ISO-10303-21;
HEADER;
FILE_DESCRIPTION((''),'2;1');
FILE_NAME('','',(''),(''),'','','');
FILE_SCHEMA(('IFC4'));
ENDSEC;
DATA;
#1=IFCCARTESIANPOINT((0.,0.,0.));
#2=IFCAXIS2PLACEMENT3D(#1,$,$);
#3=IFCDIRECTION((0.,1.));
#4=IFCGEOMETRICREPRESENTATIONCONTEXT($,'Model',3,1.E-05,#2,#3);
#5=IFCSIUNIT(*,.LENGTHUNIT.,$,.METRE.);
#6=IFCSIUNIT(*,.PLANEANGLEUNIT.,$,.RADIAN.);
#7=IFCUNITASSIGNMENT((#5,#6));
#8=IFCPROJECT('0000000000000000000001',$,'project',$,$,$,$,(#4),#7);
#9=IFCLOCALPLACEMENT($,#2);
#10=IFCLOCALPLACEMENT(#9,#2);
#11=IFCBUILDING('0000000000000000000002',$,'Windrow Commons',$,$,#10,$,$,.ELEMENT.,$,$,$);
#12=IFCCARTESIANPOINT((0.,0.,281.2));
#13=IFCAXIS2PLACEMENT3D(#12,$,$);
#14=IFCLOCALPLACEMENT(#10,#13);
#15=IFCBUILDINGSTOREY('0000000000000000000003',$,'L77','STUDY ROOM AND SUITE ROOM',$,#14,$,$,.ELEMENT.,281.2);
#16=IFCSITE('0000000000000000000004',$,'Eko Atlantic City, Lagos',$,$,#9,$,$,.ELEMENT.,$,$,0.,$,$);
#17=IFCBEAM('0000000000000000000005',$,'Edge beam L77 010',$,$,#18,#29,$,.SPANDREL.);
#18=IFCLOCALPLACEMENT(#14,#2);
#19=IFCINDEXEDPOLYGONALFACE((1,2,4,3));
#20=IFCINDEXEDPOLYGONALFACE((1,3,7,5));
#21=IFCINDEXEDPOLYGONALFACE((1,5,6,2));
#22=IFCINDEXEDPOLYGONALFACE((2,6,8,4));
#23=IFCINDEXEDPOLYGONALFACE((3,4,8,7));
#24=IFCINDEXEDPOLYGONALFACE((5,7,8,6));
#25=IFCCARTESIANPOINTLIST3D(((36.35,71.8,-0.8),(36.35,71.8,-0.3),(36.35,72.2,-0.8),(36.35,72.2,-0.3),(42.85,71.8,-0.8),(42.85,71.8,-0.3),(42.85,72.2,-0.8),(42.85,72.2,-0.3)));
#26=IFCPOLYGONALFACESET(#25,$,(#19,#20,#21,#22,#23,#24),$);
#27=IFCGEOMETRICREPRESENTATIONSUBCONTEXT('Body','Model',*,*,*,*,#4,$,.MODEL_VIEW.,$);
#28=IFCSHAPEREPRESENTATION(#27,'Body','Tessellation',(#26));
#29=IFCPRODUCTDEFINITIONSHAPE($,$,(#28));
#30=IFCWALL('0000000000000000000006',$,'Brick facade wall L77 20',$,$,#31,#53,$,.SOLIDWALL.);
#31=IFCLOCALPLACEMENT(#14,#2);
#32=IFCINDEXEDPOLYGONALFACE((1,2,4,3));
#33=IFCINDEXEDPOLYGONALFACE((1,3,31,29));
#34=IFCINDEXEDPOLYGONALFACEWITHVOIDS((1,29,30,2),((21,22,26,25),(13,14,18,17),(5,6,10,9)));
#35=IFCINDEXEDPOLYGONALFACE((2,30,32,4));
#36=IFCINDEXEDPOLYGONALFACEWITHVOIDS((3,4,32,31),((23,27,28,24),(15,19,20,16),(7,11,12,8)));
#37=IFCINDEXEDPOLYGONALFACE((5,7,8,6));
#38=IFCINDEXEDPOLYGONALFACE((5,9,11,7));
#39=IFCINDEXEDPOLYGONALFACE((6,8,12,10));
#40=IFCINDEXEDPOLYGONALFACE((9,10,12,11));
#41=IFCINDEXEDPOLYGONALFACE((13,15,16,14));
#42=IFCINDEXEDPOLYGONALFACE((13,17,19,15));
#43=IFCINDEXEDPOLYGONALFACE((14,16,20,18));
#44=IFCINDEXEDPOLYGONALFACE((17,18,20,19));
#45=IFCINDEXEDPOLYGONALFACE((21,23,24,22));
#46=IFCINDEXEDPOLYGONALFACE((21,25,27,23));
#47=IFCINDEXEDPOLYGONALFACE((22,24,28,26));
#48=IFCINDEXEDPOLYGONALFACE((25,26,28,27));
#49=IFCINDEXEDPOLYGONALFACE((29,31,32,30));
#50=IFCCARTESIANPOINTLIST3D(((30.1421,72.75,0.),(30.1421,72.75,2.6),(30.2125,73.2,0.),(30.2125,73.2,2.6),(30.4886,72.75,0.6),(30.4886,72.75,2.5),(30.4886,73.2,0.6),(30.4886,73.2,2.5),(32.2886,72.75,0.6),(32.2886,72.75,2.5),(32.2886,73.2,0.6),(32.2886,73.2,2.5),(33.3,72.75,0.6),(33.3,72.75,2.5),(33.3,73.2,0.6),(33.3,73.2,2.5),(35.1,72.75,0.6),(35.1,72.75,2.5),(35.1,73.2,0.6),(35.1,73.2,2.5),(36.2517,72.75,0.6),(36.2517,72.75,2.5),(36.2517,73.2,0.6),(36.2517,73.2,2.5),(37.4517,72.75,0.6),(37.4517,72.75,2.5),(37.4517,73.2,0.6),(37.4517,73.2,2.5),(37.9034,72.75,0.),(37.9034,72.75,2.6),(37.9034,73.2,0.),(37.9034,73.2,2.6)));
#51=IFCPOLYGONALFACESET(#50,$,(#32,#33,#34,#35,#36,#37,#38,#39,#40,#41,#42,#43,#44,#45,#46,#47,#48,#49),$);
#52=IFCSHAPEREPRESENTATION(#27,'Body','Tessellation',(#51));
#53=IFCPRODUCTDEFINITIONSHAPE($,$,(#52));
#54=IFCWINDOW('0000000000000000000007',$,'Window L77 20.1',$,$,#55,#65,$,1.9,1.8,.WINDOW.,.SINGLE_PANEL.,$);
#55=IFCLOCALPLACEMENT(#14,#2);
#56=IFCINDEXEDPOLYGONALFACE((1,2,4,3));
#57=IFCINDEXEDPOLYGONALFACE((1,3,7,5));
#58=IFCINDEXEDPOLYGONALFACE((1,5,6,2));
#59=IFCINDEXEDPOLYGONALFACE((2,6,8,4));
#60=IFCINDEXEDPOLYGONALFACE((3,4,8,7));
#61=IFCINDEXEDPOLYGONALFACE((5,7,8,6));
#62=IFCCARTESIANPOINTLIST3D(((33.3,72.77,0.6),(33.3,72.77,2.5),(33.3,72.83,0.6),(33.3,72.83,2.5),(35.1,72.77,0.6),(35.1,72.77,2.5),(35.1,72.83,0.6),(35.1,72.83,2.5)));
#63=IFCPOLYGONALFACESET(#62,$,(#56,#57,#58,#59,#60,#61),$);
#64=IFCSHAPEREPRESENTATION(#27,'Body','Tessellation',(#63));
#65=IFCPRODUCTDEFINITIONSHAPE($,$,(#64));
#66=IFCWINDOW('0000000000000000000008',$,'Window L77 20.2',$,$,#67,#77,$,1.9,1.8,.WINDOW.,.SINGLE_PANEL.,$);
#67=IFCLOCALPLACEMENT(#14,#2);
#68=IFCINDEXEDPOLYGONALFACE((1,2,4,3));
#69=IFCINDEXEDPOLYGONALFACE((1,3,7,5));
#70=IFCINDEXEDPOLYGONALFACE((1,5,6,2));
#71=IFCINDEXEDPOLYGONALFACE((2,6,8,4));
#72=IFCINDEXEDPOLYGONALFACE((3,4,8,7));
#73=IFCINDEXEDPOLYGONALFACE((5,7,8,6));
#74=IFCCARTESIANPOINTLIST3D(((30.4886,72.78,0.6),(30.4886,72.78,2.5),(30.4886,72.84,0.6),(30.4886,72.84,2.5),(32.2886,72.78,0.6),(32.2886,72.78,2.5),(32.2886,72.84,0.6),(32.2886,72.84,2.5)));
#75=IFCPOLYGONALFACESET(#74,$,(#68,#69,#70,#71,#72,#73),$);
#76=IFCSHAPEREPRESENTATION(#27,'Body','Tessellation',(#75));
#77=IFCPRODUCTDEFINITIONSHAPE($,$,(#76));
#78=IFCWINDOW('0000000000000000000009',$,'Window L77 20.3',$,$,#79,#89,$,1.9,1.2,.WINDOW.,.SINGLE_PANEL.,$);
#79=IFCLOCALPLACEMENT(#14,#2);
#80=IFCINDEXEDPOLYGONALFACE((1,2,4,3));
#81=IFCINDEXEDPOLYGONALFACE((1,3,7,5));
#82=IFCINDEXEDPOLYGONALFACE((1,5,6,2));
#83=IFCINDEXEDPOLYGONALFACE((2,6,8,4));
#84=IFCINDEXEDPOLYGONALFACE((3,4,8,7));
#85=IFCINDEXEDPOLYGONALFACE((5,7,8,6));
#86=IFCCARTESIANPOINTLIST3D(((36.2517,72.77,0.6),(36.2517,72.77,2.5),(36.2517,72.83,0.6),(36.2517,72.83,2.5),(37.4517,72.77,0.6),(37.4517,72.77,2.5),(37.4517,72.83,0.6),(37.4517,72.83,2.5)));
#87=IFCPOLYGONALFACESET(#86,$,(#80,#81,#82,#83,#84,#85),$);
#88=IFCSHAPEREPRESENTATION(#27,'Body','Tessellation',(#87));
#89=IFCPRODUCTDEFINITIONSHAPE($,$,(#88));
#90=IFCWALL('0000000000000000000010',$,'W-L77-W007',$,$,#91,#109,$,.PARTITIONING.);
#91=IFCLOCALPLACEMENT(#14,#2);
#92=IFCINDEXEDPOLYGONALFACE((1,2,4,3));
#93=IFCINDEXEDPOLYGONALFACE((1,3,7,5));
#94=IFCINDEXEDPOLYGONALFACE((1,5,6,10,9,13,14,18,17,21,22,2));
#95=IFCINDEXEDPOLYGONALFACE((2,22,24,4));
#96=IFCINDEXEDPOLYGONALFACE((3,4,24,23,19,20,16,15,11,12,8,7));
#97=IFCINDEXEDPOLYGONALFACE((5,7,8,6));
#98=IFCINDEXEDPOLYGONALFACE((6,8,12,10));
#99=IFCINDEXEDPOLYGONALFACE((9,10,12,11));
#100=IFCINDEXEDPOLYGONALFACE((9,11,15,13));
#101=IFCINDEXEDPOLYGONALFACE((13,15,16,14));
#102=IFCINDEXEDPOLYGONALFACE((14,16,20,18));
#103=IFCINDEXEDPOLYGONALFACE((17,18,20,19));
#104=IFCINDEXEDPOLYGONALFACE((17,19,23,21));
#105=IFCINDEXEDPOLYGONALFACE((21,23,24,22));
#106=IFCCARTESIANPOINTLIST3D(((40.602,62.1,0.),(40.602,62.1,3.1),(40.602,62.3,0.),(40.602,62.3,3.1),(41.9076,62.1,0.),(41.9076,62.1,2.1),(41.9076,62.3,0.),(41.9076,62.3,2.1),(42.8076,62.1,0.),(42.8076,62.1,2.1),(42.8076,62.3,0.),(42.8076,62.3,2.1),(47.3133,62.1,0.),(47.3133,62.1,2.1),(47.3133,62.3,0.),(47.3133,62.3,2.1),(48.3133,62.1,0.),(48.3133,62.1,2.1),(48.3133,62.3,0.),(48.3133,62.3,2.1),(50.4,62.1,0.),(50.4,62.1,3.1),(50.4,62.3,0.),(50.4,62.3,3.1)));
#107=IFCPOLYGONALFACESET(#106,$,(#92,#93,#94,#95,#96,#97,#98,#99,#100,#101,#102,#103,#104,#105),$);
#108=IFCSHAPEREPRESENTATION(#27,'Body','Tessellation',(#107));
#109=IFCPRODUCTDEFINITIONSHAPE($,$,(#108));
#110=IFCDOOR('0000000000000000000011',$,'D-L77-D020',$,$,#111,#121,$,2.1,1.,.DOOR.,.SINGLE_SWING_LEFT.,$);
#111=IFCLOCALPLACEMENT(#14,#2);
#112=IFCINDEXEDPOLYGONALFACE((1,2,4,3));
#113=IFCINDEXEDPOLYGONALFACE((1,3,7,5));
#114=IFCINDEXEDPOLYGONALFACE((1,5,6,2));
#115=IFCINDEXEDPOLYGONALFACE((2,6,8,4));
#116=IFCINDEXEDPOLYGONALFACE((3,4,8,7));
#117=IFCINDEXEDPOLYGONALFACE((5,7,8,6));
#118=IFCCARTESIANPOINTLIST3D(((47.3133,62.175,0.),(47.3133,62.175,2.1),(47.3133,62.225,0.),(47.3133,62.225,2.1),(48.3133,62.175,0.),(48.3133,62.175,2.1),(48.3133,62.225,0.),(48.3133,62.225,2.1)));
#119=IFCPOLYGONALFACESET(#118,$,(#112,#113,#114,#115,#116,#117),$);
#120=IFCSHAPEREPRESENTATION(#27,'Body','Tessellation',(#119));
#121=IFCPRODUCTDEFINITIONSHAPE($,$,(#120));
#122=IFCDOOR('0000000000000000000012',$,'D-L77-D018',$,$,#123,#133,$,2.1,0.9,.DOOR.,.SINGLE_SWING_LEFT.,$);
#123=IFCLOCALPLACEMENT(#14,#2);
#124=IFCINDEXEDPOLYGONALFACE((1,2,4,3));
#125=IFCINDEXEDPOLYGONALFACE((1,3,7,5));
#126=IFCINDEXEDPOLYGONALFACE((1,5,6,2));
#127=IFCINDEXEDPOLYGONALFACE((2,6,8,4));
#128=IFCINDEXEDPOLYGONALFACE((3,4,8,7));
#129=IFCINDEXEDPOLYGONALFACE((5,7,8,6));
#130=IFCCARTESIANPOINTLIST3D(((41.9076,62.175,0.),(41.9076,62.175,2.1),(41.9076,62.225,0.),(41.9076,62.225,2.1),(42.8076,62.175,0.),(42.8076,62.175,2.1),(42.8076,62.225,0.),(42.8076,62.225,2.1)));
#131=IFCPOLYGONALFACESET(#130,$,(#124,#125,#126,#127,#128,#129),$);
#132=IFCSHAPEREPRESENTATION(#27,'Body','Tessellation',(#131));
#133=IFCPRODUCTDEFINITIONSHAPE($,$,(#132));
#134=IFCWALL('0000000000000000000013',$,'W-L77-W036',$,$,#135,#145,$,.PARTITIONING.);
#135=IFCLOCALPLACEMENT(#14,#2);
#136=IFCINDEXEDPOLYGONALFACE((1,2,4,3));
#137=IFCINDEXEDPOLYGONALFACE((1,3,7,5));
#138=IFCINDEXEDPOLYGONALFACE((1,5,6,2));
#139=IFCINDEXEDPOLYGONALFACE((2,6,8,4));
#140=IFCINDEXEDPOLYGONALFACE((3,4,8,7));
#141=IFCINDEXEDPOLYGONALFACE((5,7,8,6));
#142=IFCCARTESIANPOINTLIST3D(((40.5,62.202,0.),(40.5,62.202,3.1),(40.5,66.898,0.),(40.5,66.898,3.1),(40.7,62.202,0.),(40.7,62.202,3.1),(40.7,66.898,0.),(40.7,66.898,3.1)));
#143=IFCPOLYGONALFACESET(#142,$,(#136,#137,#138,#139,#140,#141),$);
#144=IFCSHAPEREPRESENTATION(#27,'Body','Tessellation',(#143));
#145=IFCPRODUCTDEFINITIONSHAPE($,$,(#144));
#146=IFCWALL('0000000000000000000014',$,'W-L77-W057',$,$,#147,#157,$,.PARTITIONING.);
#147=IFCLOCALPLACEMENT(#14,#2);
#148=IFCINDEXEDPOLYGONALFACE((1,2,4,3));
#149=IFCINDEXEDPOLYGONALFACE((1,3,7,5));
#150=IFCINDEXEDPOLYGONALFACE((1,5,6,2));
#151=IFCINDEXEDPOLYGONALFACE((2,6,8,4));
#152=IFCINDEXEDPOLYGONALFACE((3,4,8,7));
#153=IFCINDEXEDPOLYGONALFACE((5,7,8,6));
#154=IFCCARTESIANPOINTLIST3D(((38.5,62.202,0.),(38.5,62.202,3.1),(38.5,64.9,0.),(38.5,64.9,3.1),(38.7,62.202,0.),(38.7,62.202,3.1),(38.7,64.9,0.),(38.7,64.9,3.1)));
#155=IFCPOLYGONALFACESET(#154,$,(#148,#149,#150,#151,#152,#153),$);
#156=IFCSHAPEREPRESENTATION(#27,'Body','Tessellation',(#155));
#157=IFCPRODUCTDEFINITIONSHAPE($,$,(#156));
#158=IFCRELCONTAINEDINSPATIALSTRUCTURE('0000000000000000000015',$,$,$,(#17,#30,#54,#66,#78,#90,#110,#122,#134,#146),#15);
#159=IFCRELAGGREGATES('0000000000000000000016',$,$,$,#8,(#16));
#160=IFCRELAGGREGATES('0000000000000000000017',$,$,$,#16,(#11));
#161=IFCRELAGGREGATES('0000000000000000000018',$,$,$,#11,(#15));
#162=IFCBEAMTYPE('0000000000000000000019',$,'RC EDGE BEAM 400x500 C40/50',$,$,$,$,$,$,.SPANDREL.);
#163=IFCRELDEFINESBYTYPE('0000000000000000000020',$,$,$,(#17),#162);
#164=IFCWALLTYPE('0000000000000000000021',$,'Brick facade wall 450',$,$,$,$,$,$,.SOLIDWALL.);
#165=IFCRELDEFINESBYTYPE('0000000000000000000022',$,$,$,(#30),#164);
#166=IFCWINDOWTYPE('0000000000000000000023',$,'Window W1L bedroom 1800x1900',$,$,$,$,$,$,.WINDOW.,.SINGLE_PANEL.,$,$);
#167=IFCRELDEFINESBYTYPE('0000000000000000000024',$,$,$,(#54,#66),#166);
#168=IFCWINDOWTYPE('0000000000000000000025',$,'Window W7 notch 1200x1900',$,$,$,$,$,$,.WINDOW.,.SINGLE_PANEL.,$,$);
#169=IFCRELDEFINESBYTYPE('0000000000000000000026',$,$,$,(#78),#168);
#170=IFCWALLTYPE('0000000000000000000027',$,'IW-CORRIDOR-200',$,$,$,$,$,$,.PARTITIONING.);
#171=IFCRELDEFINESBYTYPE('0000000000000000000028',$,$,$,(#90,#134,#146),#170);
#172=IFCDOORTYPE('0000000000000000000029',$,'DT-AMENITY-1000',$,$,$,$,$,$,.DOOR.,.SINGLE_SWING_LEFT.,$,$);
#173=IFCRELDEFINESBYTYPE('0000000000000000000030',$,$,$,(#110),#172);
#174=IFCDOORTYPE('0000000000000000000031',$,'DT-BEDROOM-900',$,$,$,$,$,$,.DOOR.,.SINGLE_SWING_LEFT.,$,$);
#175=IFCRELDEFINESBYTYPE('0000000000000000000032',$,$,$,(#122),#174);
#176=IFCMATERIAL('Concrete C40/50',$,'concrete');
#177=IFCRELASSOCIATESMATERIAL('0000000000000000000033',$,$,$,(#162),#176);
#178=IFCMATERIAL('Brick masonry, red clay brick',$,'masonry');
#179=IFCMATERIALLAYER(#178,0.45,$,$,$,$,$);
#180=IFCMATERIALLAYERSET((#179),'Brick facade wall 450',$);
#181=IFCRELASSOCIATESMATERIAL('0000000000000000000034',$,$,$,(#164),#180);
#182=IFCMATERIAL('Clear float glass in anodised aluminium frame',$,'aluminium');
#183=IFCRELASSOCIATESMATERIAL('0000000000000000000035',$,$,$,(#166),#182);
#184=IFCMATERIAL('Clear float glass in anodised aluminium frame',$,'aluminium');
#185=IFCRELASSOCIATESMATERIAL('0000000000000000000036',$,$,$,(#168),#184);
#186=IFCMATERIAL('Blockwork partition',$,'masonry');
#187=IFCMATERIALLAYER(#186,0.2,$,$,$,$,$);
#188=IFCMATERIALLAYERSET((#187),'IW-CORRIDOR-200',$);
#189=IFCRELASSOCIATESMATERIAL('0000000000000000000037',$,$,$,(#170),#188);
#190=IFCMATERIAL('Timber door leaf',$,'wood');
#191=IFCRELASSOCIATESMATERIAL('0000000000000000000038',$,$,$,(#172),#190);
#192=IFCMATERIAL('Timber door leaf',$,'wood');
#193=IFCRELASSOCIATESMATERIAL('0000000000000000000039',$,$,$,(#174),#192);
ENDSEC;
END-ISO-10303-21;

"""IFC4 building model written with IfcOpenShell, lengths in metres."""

from ifc_helpers import new_model, si_unit, direction, frame, frame_2d, origin, origin_2d, place, context, subcontext, project, spatial, polyline, rectangle, outline, extrude, material, layer, layer_set, material_profile, profile_set, type_object, element, fill, save


model = new_model("IFC4")

# Units and contexts
model_context = context("Model", 3, precision=1e-05, world=origin(), true_north=direction((0.0, 1.0)))
body_context = subcontext(model_context, "Body", "Model", "MODEL_VIEW")
ifc_project = project(units=[si_unit("LENGTHUNIT", "METRE"), si_unit("PLANEANGLEUNIT", "RADIAN")], contexts=[model_context])

# Site, building, storey
site_placement = place(None, origin())
site = spatial("IfcSite", under=ifc_project, at=site_placement, Name="Eko Atlantic City, Lagos", CompositionType="ELEMENT", RefElevation=0.0)
building_placement = place(site_placement, origin())
building = spatial("IfcBuilding", under=site, at=building_placement, Name="Windrow Commons", CompositionType="ELEMENT")
storey_placement = place(building_placement, frame((0.0, 0.0, 281.2)))
storey = spatial("IfcBuildingStorey", under=building, at=storey_placement, Name="L77", Description="STUDY ROOM AND SUITE ROOM", CompositionType="ELEMENT", Elevation=281.2)

# Beam
ifc_material_1 = material(Name="Concrete C40/50", Category="concrete")
ifc_material_profile = material_profile(ifc_material_1, rectangle(XDim=0.4, YDim=0.5, at=origin_2d()))
ifc_profile_set = profile_set([ifc_material_profile], Name="Concrete C40/50")
beam_type = type_object("IfcBeamType", Name="RC EDGE BEAM 400x500 C40/50", PredefinedType="SPANDREL", material=ifc_profile_set)
beam_placement = place(storey_placement, frame((36.35, 72.0, -0.55), z_axis=(1.0, 0.0, 0.0), x_axis=(0.0, 1.0, 0.0)))
element("IfcBeam", 1, at=beam_placement, inside=storey, type_object=beam_type, Name="Edge beam L77 010", PredefinedType="SPANDREL", context=body_context, shape_type="SweptSolid", body=[
    extrude(rectangle(XDim=0.4, YDim=0.5, at=origin_2d()), origin(), (0.0, 0.0, 1.0), 6.5),
])

# Wall, openings, windows
ifc_material_2 = material(Name="Brick masonry, red clay brick", Category="masonry")
ifc_layer_1 = layer(ifc_material_2, 0.45)
ifc_layer_set_1 = layer_set([ifc_layer_1], Name="Brick facade wall 450")
wall_type_1 = type_object("IfcWallType", Name="Brick facade wall 450", PredefinedType="SOLIDWALL", material=ifc_layer_set_1)
wall_1_placement = place(storey_placement, frame((37.9034, 72.975, 0.0), z_axis=(0.0, 0.0, 1.0), x_axis=(-1.0, 0.0, 0.0)))
wall_1 = element("IfcWall", 2, at=wall_1_placement, inside=storey, type_object=wall_type_1, Name="Brick facade wall L77 20", PredefinedType="SOLIDWALL", context=body_context, shape_type="SweptSolid", body=[
    extrude(outline(polyline([(0.0, -0.225), (7.6909, -0.225), (7.7613, 0.225), (0.0, 0.225), (0.0, -0.225)])), origin(), (0.0, 0.0, 1.0), 2.6),
])
opening_1_placement = place(wall_1_placement, frame((2.8034, 0.0, 0.6)))
opening_1 = element("IfcOpeningElement", 3, at=opening_1_placement, cuts=wall_1, PredefinedType="OPENING", context=body_context, shape_type="SweptSolid", body=[
    extrude(rectangle(XDim=1.8, YDim=1.9, at=frame_2d((0.9, 0.95))), frame((0.0, 0.235, 0.0), z_axis=(0.0, -1.0, 0.0), x_axis=(1.0, 0.0, 0.0)), (0.0, 0.0, 1.0), 0.47),
])
opening_2_placement = place(wall_1_placement, frame((5.6148, 0.0, 0.6)))
opening_2 = element("IfcOpeningElement", 4, at=opening_2_placement, cuts=wall_1, PredefinedType="OPENING", context=body_context, shape_type="SweptSolid", body=[
    extrude(rectangle(XDim=1.8, YDim=1.9, at=frame_2d((0.9, 0.95))), frame((0.0, 0.235, 0.0), z_axis=(0.0, -1.0, 0.0), x_axis=(1.0, 0.0, 0.0)), (0.0, 0.0, 1.0), 0.47),
])
opening_3_placement = place(wall_1_placement, frame((0.4517, 0.0, 0.6)))
opening_3 = element("IfcOpeningElement", 5, at=opening_3_placement, cuts=wall_1, PredefinedType="OPENING", context=body_context, shape_type="SweptSolid", body=[
    extrude(rectangle(XDim=1.2, YDim=1.9, at=frame_2d((0.6, 0.95))), frame((0.0, 0.235, 0.0), z_axis=(0.0, -1.0, 0.0), x_axis=(1.0, 0.0, 0.0)), (0.0, 0.0, 1.0), 0.47),
])
ifc_material_3 = material(Name="Clear float glass in anodised aluminium frame", Category="aluminium")
window_type_1 = type_object("IfcWindowType", Name="Window W1L bedroom 1800x1900", PartitioningType="SINGLE_PANEL", PredefinedType="WINDOW", material=ifc_material_3)
window_1_placement = place(opening_1_placement, origin())
window_1 = element("IfcWindow", 6, at=window_1_placement, inside=storey, type_object=window_type_1, Name="Window L77 20.1", OverallHeight=1.9, OverallWidth=1.8, PartitioningType="SINGLE_PANEL", PredefinedType="WINDOW", context=body_context, shape_type="SweptSolid", body=[
    extrude(rectangle(XDim=1.8, YDim=1.9, at=frame_2d((0.9, 0.95))), frame((0.0, 0.205, 0.0), z_axis=(0.0, -1.0, 0.0), x_axis=(1.0, 0.0, 0.0)), (0.0, 0.0, 1.0), 0.06),
])
fill(opening_1, window_1)
window_2_placement = place(opening_2_placement, origin())
window_2 = element("IfcWindow", 7, at=window_2_placement, inside=storey, type_object=window_type_1, Name="Window L77 20.2", OverallHeight=1.9, OverallWidth=1.8, PartitioningType="SINGLE_PANEL", PredefinedType="WINDOW", context=body_context, shape_type="SweptSolid", body=[
    extrude(rectangle(XDim=1.8, YDim=1.9, at=frame_2d((0.9, 0.95))), frame((0.0, 0.195, 0.0), z_axis=(0.0, -1.0, 0.0), x_axis=(1.0, 0.0, 0.0)), (0.0, 0.0, 1.0), 0.06),
])
fill(opening_2, window_2)
ifc_material_4 = material(Name="Clear float glass in anodised aluminium frame", Category="aluminium")
window_type_2 = type_object("IfcWindowType", Name="Window W7 notch 1200x1900", PartitioningType="SINGLE_PANEL", PredefinedType="WINDOW", material=ifc_material_4)
window_3_placement = place(opening_3_placement, origin())
window_3 = element("IfcWindow", 8, at=window_3_placement, inside=storey, type_object=window_type_2, Name="Window L77 20.3", OverallHeight=1.9, OverallWidth=1.2, PartitioningType="SINGLE_PANEL", PredefinedType="WINDOW", context=body_context, shape_type="SweptSolid", body=[
    extrude(rectangle(XDim=1.2, YDim=1.9, at=frame_2d((0.6, 0.95))), frame((0.0, 0.205, 0.0), z_axis=(0.0, -1.0, 0.0), x_axis=(1.0, 0.0, 0.0)), (0.0, 0.0, 1.0), 0.06),
])
fill(opening_3, window_3)

# Wall, openings, doors
ifc_material_5 = material(Name="Blockwork partition", Category="masonry")
ifc_layer_2 = layer(ifc_material_5, 0.2)
ifc_layer_set_2 = layer_set([ifc_layer_2], Name="IW-CORRIDOR-200")
wall_type_2 = type_object("IfcWallType", Name="IW-CORRIDOR-200", PredefinedType="PARTITIONING", material=ifc_layer_set_2)
wall_2_placement = place(storey_placement, frame((40.602, 62.2, 0.0), z_axis=(0.0, 0.0, 1.0), x_axis=(1.0, 0.0, 0.0)))
wall_2 = element("IfcWall", 9, at=wall_2_placement, inside=storey, type_object=wall_type_2, Name="W-L77-W007", PredefinedType="PARTITIONING", context=body_context, shape_type="SweptSolid", body=[
    extrude(rectangle(XDim=9.798, YDim=0.2, at=frame_2d((4.899, 0.0))), origin(), (0.0, 0.0, 1.0), 3.1),
])
opening_4_placement = place(wall_2_placement, frame((1.3056, 0.0, 0.0)))
opening_4 = element("IfcOpeningElement", 10, at=opening_4_placement, cuts=wall_2, PredefinedType="OPENING", context=body_context, shape_type="SweptSolid", body=[
    extrude(rectangle(XDim=0.9, YDim=2.1, at=frame_2d((0.45, 1.05))), frame((0.0, 0.11, 0.0), z_axis=(0.0, -1.0, 0.0), x_axis=(1.0, 0.0, 0.0)), (0.0, 0.0, 1.0), 0.22),
])
opening_5_placement = place(wall_2_placement, frame((6.7113, 0.0, 0.0)))
opening_5 = element("IfcOpeningElement", 11, at=opening_5_placement, cuts=wall_2, PredefinedType="OPENING", context=body_context, shape_type="SweptSolid", body=[
    extrude(rectangle(XDim=1.0, YDim=2.1, at=frame_2d((0.5, 1.05))), frame((0.0, 0.11, 0.0), z_axis=(0.0, -1.0, 0.0), x_axis=(1.0, 0.0, 0.0)), (0.0, 0.0, 1.0), 0.22),
])
ifc_material_6 = material(Name="Timber door leaf", Category="wood")
door_type_1 = type_object("IfcDoorType", Name="DT-AMENITY-1000", OperationType="SINGLE_SWING_LEFT", PredefinedType="DOOR", material=ifc_material_6)
door_1_placement = place(opening_5_placement, origin())
door_1 = element("IfcDoor", 12, at=door_1_placement, inside=storey, type_object=door_type_1, Name="D-L77-D020", OperationType="SINGLE_SWING_LEFT", OverallHeight=2.1, OverallWidth=1.0, PredefinedType="DOOR", context=body_context, shape_type="SweptSolid", body=[
    extrude(rectangle(XDim=1.0, YDim=2.1, at=frame_2d((0.5, 1.05))), frame((0.0, 0.025, 0.0), z_axis=(0.0, -1.0, 0.0), x_axis=(1.0, 0.0, 0.0)), (0.0, 0.0, 1.0), 0.05),
])
fill(opening_5, door_1)
ifc_material_7 = material(Name="Timber door leaf", Category="wood")
door_type_2 = type_object("IfcDoorType", Name="DT-BEDROOM-900", OperationType="SINGLE_SWING_LEFT", PredefinedType="DOOR", material=ifc_material_7)
door_2_placement = place(opening_4_placement, origin())
door_2 = element("IfcDoor", 13, at=door_2_placement, inside=storey, type_object=door_type_2, Name="D-L77-D018", OperationType="SINGLE_SWING_LEFT", OverallHeight=2.1, OverallWidth=0.9, PredefinedType="DOOR", context=body_context, shape_type="SweptSolid", body=[
    extrude(rectangle(XDim=0.9, YDim=2.1, at=frame_2d((0.45, 1.05))), frame((0.0, 0.025, 0.0), z_axis=(0.0, -1.0, 0.0), x_axis=(1.0, 0.0, 0.0)), (0.0, 0.0, 1.0), 0.05),
])
fill(opening_4, door_2)

# Walls
wall_3_placement = place(storey_placement, frame((40.6, 62.202, 0.0), z_axis=(0.0, 0.0, 1.0), x_axis=(0.0, 1.0, 0.0)))
element("IfcWall", 14, at=wall_3_placement, inside=storey, type_object=wall_type_2, Name="W-L77-W036", PredefinedType="PARTITIONING", context=body_context, shape_type="SweptSolid", body=[
    extrude(rectangle(XDim=4.696, YDim=0.2, at=frame_2d((2.348, 0.0))), origin(), (0.0, 0.0, 1.0), 3.1),
])
wall_4_placement = place(storey_placement, frame((38.6, 62.202, 0.0), z_axis=(0.0, 0.0, 1.0), x_axis=(0.0, 1.0, 0.0)))
element("IfcWall", 15, at=wall_4_placement, inside=storey, type_object=wall_type_2, Name="W-L77-W057", PredefinedType="PARTITIONING", context=body_context, shape_type="SweptSolid", body=[
    extrude(rectangle(XDim=2.698, YDim=0.2, at=frame_2d((1.349, 0.0))), origin(), (0.0, 0.0, 1.0), 3.1),
])

save(model, "model.ifc")
